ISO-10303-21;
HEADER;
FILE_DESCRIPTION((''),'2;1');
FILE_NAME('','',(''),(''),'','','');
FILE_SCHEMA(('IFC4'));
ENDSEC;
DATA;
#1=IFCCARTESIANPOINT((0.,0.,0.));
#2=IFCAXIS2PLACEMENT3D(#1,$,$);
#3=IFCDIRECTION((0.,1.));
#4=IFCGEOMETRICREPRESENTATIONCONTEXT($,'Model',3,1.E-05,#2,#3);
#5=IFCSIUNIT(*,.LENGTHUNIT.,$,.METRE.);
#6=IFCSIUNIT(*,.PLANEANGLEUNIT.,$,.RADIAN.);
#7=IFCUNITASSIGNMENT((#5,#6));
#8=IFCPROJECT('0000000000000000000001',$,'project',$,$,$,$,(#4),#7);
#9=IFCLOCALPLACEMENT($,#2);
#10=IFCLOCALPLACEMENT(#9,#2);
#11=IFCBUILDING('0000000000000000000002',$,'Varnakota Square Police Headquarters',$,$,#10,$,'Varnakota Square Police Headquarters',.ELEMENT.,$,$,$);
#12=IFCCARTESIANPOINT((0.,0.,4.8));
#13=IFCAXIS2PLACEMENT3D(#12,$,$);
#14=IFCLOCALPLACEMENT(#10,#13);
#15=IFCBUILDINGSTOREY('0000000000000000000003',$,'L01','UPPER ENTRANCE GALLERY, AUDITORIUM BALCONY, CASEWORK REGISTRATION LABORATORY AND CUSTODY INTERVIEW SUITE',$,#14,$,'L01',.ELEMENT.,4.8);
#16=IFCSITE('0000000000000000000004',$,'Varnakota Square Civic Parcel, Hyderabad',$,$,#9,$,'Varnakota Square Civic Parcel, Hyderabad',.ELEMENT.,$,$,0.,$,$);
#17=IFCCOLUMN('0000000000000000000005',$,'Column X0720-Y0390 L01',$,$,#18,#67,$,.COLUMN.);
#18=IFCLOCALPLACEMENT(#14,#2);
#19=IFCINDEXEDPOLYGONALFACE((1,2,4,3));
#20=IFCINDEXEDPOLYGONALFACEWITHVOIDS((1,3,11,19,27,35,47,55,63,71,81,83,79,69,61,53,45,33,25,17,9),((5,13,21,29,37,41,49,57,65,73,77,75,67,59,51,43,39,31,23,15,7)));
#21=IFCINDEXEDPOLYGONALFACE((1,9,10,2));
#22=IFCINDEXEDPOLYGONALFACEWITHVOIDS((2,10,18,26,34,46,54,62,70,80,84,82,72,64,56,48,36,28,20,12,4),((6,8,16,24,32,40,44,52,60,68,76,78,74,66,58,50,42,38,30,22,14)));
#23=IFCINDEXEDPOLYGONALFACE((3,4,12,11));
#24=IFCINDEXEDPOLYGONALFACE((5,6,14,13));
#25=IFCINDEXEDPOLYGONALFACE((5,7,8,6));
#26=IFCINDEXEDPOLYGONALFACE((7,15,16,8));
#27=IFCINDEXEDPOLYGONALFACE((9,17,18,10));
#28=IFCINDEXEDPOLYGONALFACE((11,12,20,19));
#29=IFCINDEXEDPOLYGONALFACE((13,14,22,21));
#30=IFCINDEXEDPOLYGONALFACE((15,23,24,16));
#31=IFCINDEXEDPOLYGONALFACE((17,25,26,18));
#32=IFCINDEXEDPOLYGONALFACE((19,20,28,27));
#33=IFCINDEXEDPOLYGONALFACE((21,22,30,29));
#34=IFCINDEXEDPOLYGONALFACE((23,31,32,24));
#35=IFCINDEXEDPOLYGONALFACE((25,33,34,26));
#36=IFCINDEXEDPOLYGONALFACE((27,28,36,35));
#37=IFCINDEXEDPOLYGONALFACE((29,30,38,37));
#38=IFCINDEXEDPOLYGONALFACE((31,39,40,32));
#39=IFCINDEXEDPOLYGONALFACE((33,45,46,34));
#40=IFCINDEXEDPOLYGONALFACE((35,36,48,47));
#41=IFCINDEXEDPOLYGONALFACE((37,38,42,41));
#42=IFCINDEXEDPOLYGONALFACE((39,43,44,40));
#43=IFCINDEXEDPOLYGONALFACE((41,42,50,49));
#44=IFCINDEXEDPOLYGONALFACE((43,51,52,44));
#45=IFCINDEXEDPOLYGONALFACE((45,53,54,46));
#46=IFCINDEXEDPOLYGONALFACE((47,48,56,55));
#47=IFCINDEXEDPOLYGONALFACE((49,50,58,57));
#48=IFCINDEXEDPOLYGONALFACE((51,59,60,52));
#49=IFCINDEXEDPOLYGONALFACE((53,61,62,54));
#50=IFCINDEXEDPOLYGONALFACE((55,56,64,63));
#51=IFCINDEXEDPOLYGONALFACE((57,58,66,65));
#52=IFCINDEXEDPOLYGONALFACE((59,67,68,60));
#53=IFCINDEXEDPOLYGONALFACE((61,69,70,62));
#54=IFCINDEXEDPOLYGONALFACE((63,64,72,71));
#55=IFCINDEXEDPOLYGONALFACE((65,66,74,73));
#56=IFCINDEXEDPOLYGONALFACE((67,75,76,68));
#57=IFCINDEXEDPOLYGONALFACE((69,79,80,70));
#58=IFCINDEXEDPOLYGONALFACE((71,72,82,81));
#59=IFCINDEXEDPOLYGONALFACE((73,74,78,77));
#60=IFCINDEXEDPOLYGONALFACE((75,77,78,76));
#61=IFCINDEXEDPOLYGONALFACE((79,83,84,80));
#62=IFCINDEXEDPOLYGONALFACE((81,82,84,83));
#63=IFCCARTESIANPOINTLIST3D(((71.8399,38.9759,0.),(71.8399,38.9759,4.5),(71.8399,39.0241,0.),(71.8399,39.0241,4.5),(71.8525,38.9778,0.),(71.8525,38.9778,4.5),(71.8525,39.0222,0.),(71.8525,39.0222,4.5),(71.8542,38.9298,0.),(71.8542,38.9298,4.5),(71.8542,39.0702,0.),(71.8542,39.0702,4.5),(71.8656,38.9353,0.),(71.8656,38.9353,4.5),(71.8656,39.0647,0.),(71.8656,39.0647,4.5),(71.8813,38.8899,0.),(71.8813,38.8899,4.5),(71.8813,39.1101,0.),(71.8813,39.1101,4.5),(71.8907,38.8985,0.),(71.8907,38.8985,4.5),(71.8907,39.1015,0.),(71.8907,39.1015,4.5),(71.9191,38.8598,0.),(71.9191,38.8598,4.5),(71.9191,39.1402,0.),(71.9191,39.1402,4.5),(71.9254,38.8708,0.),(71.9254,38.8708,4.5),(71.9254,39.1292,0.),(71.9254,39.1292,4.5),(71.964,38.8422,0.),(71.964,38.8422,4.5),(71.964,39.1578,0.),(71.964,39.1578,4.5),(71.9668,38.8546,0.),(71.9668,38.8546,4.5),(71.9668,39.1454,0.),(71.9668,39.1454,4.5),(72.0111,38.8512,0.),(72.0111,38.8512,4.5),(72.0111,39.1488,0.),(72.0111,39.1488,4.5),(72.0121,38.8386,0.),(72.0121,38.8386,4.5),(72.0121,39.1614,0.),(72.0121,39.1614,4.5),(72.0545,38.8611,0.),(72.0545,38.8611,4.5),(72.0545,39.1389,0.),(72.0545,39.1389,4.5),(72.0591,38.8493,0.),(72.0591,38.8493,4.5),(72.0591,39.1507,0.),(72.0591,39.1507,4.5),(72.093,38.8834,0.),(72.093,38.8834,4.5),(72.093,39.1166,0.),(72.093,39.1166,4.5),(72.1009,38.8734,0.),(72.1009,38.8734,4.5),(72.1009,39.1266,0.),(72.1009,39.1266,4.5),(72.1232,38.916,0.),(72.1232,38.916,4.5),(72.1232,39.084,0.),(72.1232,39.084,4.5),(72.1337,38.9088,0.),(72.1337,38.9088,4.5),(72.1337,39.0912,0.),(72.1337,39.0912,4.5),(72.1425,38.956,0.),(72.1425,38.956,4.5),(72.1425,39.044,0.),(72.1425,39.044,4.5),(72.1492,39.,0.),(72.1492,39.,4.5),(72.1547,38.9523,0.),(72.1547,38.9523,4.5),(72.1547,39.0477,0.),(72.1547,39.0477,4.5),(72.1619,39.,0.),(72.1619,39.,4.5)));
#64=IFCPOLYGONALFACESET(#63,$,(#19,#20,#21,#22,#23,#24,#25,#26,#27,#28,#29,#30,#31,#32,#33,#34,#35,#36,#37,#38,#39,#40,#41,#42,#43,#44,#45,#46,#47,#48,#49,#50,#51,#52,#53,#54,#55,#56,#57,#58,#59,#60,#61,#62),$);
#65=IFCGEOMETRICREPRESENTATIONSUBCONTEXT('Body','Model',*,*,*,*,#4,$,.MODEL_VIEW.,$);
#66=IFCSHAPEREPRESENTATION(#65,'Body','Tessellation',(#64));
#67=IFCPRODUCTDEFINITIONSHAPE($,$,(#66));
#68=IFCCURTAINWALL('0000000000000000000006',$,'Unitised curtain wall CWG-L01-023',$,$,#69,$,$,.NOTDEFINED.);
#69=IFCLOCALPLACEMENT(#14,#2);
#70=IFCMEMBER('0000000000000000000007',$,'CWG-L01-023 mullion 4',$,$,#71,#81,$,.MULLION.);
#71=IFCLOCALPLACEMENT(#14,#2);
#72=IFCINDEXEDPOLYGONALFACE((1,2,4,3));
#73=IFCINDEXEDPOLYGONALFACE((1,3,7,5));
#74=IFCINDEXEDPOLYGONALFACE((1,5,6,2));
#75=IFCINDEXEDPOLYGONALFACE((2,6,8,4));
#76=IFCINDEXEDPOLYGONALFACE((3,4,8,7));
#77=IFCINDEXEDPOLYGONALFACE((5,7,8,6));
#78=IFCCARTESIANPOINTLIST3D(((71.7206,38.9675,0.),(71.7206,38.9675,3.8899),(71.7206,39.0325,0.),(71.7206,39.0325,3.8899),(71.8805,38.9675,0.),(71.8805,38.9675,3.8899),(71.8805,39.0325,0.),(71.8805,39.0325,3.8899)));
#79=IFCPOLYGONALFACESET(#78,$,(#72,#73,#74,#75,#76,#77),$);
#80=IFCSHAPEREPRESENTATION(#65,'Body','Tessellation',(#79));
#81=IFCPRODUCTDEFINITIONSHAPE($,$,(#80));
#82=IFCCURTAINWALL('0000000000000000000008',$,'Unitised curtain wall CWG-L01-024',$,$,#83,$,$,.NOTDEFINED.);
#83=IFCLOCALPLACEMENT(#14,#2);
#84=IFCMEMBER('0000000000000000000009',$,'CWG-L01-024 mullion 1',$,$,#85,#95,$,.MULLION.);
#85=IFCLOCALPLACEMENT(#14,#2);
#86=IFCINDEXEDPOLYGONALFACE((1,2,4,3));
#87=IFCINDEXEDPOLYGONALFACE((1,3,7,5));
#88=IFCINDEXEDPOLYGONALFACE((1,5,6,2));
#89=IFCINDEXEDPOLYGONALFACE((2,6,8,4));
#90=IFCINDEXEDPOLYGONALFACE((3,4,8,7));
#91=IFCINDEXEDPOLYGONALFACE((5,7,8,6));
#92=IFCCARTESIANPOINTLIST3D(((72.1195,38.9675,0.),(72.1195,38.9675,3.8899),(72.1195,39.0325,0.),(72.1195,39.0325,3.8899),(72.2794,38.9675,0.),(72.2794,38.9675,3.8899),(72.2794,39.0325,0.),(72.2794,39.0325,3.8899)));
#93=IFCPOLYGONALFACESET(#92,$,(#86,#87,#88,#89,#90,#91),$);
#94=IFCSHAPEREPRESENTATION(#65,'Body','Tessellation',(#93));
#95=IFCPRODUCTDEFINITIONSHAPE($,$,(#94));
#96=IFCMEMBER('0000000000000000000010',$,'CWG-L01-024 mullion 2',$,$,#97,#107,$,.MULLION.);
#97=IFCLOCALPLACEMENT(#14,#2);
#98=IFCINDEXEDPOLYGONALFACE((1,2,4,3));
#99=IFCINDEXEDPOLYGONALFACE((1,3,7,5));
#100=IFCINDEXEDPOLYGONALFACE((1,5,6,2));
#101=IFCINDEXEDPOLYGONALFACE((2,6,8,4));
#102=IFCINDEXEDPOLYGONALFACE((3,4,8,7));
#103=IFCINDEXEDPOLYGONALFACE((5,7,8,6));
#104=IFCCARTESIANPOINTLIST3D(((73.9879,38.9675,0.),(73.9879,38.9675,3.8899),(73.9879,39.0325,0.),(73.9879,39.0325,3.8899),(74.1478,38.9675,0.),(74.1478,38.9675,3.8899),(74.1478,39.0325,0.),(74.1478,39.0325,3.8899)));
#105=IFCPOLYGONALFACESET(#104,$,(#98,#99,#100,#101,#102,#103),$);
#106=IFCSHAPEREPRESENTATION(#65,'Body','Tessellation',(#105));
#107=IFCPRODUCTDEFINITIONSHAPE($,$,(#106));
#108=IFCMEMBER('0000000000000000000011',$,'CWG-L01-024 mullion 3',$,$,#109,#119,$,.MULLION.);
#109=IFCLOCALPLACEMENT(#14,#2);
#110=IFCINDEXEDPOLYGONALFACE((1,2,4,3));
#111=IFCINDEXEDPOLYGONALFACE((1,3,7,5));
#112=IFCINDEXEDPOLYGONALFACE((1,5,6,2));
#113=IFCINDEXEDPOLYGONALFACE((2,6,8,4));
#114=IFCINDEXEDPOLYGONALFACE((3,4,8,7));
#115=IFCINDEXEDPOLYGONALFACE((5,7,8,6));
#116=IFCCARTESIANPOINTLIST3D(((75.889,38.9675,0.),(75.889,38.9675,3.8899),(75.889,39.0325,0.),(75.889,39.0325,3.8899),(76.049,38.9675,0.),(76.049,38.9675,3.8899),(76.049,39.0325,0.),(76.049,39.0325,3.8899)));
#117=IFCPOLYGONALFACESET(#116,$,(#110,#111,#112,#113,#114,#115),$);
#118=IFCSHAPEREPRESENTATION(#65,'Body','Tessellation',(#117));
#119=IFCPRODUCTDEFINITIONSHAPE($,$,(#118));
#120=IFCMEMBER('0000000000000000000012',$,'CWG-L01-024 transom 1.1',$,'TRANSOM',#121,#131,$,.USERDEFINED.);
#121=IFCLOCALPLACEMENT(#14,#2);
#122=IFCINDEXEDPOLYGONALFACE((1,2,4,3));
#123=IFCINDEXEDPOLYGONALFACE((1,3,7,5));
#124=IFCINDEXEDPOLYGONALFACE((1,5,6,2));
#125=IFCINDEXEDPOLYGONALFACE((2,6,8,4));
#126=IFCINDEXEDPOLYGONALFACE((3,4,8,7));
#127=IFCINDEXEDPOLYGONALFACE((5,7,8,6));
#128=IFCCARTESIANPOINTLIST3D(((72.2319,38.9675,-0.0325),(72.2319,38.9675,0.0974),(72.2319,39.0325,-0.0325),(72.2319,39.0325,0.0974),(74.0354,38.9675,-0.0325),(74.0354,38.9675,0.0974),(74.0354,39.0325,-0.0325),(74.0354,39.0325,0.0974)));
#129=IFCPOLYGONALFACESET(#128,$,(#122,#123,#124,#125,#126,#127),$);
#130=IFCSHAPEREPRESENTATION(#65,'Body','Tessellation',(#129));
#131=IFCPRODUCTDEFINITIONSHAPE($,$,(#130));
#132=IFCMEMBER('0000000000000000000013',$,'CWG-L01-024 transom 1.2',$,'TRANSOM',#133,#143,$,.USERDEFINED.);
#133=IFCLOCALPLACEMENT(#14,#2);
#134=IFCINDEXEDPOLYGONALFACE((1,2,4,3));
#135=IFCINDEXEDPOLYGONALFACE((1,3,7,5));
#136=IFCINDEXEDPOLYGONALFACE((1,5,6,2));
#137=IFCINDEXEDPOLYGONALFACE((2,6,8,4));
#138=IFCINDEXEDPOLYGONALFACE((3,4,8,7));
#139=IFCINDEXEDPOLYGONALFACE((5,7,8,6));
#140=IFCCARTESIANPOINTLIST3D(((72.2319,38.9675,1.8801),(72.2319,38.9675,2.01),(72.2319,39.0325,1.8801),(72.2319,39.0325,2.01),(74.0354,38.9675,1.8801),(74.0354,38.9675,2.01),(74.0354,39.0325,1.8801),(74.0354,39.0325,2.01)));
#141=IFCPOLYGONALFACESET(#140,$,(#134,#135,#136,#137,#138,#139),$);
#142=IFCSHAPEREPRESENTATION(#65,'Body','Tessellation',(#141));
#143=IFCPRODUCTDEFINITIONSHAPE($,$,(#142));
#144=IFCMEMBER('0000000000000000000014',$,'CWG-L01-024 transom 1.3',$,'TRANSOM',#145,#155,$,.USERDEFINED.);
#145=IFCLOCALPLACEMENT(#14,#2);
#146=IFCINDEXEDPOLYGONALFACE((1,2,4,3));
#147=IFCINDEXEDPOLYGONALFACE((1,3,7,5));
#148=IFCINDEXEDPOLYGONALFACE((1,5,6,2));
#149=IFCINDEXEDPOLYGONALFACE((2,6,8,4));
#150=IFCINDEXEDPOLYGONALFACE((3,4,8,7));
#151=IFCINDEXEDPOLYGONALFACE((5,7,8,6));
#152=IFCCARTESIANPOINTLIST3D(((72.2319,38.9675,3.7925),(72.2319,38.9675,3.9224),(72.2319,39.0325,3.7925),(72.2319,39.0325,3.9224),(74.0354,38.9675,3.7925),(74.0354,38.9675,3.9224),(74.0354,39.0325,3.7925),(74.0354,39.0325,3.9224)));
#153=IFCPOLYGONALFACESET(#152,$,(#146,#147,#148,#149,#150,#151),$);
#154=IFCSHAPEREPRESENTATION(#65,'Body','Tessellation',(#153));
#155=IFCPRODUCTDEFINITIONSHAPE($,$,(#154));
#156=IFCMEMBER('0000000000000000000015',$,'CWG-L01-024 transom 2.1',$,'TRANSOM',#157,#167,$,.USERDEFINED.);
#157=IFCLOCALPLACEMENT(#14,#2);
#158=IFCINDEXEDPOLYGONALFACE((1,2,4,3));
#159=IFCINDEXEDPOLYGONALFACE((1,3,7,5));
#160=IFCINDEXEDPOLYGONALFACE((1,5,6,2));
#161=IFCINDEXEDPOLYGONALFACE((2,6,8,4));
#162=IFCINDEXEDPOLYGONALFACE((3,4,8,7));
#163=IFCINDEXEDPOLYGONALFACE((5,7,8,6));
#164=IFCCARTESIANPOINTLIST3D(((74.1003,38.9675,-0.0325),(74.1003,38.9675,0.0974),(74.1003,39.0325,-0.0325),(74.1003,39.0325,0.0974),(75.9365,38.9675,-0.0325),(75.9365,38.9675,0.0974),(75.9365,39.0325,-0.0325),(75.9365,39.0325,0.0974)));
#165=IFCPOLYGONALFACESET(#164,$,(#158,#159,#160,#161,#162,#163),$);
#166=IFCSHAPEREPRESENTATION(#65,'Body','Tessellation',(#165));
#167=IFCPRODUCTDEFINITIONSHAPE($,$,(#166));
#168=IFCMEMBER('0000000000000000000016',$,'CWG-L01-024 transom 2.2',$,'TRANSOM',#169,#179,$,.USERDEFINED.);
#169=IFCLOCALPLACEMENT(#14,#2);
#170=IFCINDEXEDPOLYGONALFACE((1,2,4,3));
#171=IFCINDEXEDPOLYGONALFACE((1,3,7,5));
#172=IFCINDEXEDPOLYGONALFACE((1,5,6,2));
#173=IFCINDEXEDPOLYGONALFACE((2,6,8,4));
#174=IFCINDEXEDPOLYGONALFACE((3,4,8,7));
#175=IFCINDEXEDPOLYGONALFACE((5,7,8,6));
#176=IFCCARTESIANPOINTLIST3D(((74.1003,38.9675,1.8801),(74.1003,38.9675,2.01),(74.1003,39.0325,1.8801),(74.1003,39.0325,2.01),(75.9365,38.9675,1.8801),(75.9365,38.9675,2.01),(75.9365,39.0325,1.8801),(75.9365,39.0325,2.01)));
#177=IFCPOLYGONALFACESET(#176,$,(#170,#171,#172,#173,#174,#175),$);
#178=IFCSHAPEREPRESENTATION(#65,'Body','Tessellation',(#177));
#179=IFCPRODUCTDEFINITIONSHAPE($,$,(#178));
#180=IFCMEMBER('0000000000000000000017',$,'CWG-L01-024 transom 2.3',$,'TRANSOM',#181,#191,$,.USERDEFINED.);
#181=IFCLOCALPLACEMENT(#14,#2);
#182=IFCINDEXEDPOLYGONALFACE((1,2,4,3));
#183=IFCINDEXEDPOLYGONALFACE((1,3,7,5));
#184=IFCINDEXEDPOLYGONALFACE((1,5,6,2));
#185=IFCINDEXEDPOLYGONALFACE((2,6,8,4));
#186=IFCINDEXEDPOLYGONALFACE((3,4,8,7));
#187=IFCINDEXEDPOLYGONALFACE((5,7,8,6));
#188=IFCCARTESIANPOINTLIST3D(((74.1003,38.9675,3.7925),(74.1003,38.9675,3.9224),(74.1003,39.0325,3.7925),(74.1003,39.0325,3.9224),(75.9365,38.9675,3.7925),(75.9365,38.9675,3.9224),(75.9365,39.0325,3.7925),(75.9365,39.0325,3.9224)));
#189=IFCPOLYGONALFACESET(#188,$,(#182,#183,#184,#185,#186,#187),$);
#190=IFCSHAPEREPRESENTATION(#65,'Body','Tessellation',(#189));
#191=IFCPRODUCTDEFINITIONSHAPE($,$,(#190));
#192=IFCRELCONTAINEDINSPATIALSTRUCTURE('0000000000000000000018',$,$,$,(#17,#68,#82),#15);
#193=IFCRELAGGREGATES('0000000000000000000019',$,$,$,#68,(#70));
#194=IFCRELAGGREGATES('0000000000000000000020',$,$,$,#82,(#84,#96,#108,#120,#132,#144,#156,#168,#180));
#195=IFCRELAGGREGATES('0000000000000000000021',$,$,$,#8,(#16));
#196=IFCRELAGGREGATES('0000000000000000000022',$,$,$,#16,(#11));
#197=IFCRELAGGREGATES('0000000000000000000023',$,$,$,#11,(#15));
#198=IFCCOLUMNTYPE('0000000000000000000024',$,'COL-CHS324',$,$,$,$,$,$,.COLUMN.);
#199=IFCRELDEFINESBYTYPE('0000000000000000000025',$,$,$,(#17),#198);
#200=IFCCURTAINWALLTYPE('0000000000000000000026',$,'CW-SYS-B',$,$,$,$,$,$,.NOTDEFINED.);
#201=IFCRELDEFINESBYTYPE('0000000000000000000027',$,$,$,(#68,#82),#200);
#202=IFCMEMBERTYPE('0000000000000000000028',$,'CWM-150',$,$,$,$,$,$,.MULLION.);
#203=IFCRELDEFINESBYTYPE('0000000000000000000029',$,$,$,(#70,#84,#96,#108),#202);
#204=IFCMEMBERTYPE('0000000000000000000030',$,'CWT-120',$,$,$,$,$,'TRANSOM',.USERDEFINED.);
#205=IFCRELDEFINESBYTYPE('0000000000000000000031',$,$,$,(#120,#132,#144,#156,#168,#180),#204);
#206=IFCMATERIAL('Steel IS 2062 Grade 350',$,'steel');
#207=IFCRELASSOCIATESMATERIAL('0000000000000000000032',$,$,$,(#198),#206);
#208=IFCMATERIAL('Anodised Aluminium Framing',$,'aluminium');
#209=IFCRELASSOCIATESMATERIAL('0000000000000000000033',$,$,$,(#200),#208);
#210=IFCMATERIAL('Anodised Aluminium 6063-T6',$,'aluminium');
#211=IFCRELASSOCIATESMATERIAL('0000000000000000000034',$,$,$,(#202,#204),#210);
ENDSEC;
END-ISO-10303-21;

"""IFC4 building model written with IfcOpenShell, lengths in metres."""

from ifc_helpers import new_model, si_unit, direction, frame, origin, origin_2d, place, context, subcontext, project, spatial, rectangle, hollow_circle, extrude, material, material_profile, profile_set, type_object, element, aggregate, save


model = new_model("IFC4")

# Units and contexts
model_context = context("Model", 3, precision=1e-05, world=origin(), true_north=direction((0.0, 1.0)))
body_context = subcontext(model_context, "Body", "Model", "MODEL_VIEW")
ifc_project = project(units=[si_unit("LENGTHUNIT", "METRE"), si_unit("PLANEANGLEUNIT", "RADIAN")], contexts=[model_context])

# Site, building, storey
site_placement = place(None, origin())
site = spatial("IfcSite", under=ifc_project, at=site_placement, Name="Varnakota Square Civic Parcel, Hyderabad", LongName="Varnakota Square Civic Parcel, Hyderabad", CompositionType="ELEMENT", RefElevation=0.0)
building_placement = place(site_placement, origin())
building = spatial("IfcBuilding", under=site, at=building_placement, Name="Varnakota Square Police Headquarters", LongName="Varnakota Square Police Headquarters", CompositionType="ELEMENT")
storey_placement = place(building_placement, frame((0.0, 0.0, 4.8)))
storey = spatial("IfcBuildingStorey", under=building, at=storey_placement, Name="L01", Description="UPPER ENTRANCE GALLERY, AUDITORIUM BALCONY, CASEWORK REGISTRATION LABORATORY AND CUSTODY INTERVIEW SUITE", LongName="L01", CompositionType="ELEMENT", Elevation=4.8)

# Column
ifc_material_1 = material(Name="Steel IS 2062 Grade 350", Category="steel")
ifc_material_profile_1 = material_profile(ifc_material_1, hollow_circle(Radius=0.1619, WallThickness=0.0127, at=origin_2d()), Name="CHS 323.9x12.7")
ifc_profile_set_1 = profile_set([ifc_material_profile_1], Name="Steel IS 2062 Grade 350")
column_type = type_object("IfcColumnType", Name="COL-CHS324", PredefinedType="COLUMN", material=ifc_profile_set_1)
column_placement = place(storey_placement, frame((72.0, 39.0, 0.0), z_axis=(0.0, 0.0, 1.0), x_axis=(1.0, 0.0, 0.0)))
element("IfcColumn", 1, at=column_placement, inside=storey, type_object=column_type, Name="Column X0720-Y0390 L01", PredefinedType="COLUMN", context=body_context, shape_type="SweptSolid", body=[
    extrude(hollow_circle(Radius=0.1619, WallThickness=0.0127, at=origin_2d()), origin(), (0.0, 0.0, 1.0), 4.5),
])

# Curtain wall, member
ifc_material_2 = material(Name="Anodised Aluminium Framing", Category="aluminium")
curtain_wall_type = type_object("IfcCurtainWallType", Name="CW-SYS-B", PredefinedType="NOTDEFINED", material=ifc_material_2)
curtain_wall_1_placement = place(storey_placement, origin())
curtain_wall_1 = element("IfcCurtainWall", 2, at=curtain_wall_1_placement, inside=storey, type_object=curtain_wall_type, Name="Unitised curtain wall CWG-L01-023", PredefinedType="NOTDEFINED")
ifc_material_3 = material(Name="Anodised Aluminium 6063-T6", Category="aluminium")
ifc_material_profile_2 = material_profile(ifc_material_3, rectangle(XDim=0.0649, YDim=0.1599, at=origin_2d()), Name="ALU MULLION 65x160")
ifc_profile_set_2 = profile_set([ifc_material_profile_2], Name="Anodised Aluminium 6063-T6")
member_type_1 = type_object("IfcMemberType", Name="CWM-150", PredefinedType="MULLION", material=ifc_profile_set_2)
member_1_placement = place(storey_placement, frame((71.8005, 39.0, 0.0), z_axis=(0.0, 0.0, 1.0), x_axis=(0.0, 1.0, 0.0)))
member_1 = element("IfcMember", 3, at=member_1_placement, type_object=member_type_1, Name="CWG-L01-023 mullion 4", PredefinedType="MULLION", context=body_context, shape_type="SweptSolid", body=[
    extrude(rectangle(XDim=0.0649, YDim=0.1599, at=origin_2d()), origin(), (0.0, 0.0, 1.0), 3.8899),
])

# Curtain wall, members
curtain_wall_2_placement = place(storey_placement, origin())
curtain_wall_2 = element("IfcCurtainWall", 4, at=curtain_wall_2_placement, inside=storey, type_object=curtain_wall_type, Name="Unitised curtain wall CWG-L01-024", PredefinedType="NOTDEFINED")
member_2_placement = place(storey_placement, frame((72.1995, 39.0, 0.0), z_axis=(0.0, 0.0, 1.0), x_axis=(0.0, 1.0, 0.0)))
member_2 = element("IfcMember", 5, at=member_2_placement, type_object=member_type_1, Name="CWG-L01-024 mullion 1", PredefinedType="MULLION", context=body_context, shape_type="SweptSolid", body=[
    extrude(rectangle(XDim=0.0649, YDim=0.1599, at=origin_2d()), origin(), (0.0, 0.0, 1.0), 3.8899),
])
member_3_placement = place(storey_placement, frame((74.0679, 39.0, 0.0), z_axis=(0.0, 0.0, 1.0), x_axis=(0.0, 1.0, 0.0)))
member_3 = element("IfcMember", 6, at=member_3_placement, type_object=member_type_1, Name="CWG-L01-024 mullion 2", PredefinedType="MULLION", context=body_context, shape_type="SweptSolid", body=[
    extrude(rectangle(XDim=0.0649, YDim=0.1599, at=origin_2d()), origin(), (0.0, 0.0, 1.0), 3.8899),
])
member_4_placement = place(storey_placement, frame((75.969, 39.0, 0.0), z_axis=(0.0, 0.0, 1.0), x_axis=(0.0, 1.0, 0.0)))
member_4 = element("IfcMember", 7, at=member_4_placement, type_object=member_type_1, Name="CWG-L01-024 mullion 3", PredefinedType="MULLION", context=body_context, shape_type="SweptSolid", body=[
    extrude(rectangle(XDim=0.0649, YDim=0.1599, at=origin_2d()), origin(), (0.0, 0.0, 1.0), 3.8899),
])
ifc_material_profile_3 = material_profile(ifc_material_3, rectangle(XDim=0.0649, YDim=0.1299, at=origin_2d()), Name="ALU TRANSOM 65x130")
ifc_profile_set_3 = profile_set([ifc_material_profile_3], Name="Anodised Aluminium 6063-T6")
member_type_2 = type_object("IfcMemberType", Name="CWT-120", ElementType="TRANSOM", PredefinedType="USERDEFINED", material=ifc_profile_set_3)
member_5_placement = place(storey_placement, frame((72.2319, 39.0, 0.0325), z_axis=(1.0, 0.0, 0.0), x_axis=(0.0, 1.0, 0.0)))
member_5 = element("IfcMember", 8, at=member_5_placement, type_object=member_type_2, Name="CWG-L01-024 transom 1.1", ObjectType="TRANSOM", PredefinedType="USERDEFINED", context=body_context, shape_type="SweptSolid", body=[
    extrude(rectangle(XDim=0.0649, YDim=0.1299, at=origin_2d()), origin(), (0.0, 0.0, 1.0), 1.8035),
])
member_6_placement = place(storey_placement, frame((72.2319, 39.0, 1.9451), z_axis=(1.0, 0.0, 0.0), x_axis=(0.0, 1.0, 0.0)))
member_6 = element("IfcMember", 9, at=member_6_placement, type_object=member_type_2, Name="CWG-L01-024 transom 1.2", ObjectType="TRANSOM", PredefinedType="USERDEFINED", context=body_context, shape_type="SweptSolid", body=[
    extrude(rectangle(XDim=0.0649, YDim=0.1299, at=origin_2d()), origin(), (0.0, 0.0, 1.0), 1.8035),
])
member_7_placement = place(storey_placement, frame((72.2319, 39.0, 3.8574), z_axis=(1.0, 0.0, 0.0), x_axis=(0.0, 1.0, 0.0)))
member_7 = element("IfcMember", 10, at=member_7_placement, type_object=member_type_2, Name="CWG-L01-024 transom 1.3", ObjectType="TRANSOM", PredefinedType="USERDEFINED", context=body_context, shape_type="SweptSolid", body=[
    extrude(rectangle(XDim=0.0649, YDim=0.1299, at=origin_2d()), origin(), (0.0, 0.0, 1.0), 1.8035),
])
member_8_placement = place(storey_placement, frame((74.1003, 39.0, 0.0325), z_axis=(1.0, 0.0, 0.0), x_axis=(0.0, 1.0, 0.0)))
member_8 = element("IfcMember", 11, at=member_8_placement, type_object=member_type_2, Name="CWG-L01-024 transom 2.1", ObjectType="TRANSOM", PredefinedType="USERDEFINED", context=body_context, shape_type="SweptSolid", body=[
    extrude(rectangle(XDim=0.0649, YDim=0.1299, at=origin_2d()), origin(), (0.0, 0.0, 1.0), 1.8362),
])
member_9_placement = place(storey_placement, frame((74.1003, 39.0, 1.9451), z_axis=(1.0, 0.0, 0.0), x_axis=(0.0, 1.0, 0.0)))
member_9 = element("IfcMember", 12, at=member_9_placement, type_object=member_type_2, Name="CWG-L01-024 transom 2.2", ObjectType="TRANSOM", PredefinedType="USERDEFINED", context=body_context, shape_type="SweptSolid", body=[
    extrude(rectangle(XDim=0.0649, YDim=0.1299, at=origin_2d()), origin(), (0.0, 0.0, 1.0), 1.8362),
])
member_10_placement = place(storey_placement, frame((74.1003, 39.0, 3.8574), z_axis=(1.0, 0.0, 0.0), x_axis=(0.0, 1.0, 0.0)))
member_10 = element("IfcMember", 13, at=member_10_placement, type_object=member_type_2, Name="CWG-L01-024 transom 2.3", ObjectType="TRANSOM", PredefinedType="USERDEFINED", context=body_context, shape_type="SweptSolid", body=[
    extrude(rectangle(XDim=0.0649, YDim=0.1299, at=origin_2d()), origin(), (0.0, 0.0, 1.0), 1.8362),
])

aggregate(curtain_wall_1, [member_1])
aggregate(curtain_wall_2, [member_2, member_3, member_4, member_5, member_6, member_7, member_8, member_9, member_10])

save(model, "model.ifc")
